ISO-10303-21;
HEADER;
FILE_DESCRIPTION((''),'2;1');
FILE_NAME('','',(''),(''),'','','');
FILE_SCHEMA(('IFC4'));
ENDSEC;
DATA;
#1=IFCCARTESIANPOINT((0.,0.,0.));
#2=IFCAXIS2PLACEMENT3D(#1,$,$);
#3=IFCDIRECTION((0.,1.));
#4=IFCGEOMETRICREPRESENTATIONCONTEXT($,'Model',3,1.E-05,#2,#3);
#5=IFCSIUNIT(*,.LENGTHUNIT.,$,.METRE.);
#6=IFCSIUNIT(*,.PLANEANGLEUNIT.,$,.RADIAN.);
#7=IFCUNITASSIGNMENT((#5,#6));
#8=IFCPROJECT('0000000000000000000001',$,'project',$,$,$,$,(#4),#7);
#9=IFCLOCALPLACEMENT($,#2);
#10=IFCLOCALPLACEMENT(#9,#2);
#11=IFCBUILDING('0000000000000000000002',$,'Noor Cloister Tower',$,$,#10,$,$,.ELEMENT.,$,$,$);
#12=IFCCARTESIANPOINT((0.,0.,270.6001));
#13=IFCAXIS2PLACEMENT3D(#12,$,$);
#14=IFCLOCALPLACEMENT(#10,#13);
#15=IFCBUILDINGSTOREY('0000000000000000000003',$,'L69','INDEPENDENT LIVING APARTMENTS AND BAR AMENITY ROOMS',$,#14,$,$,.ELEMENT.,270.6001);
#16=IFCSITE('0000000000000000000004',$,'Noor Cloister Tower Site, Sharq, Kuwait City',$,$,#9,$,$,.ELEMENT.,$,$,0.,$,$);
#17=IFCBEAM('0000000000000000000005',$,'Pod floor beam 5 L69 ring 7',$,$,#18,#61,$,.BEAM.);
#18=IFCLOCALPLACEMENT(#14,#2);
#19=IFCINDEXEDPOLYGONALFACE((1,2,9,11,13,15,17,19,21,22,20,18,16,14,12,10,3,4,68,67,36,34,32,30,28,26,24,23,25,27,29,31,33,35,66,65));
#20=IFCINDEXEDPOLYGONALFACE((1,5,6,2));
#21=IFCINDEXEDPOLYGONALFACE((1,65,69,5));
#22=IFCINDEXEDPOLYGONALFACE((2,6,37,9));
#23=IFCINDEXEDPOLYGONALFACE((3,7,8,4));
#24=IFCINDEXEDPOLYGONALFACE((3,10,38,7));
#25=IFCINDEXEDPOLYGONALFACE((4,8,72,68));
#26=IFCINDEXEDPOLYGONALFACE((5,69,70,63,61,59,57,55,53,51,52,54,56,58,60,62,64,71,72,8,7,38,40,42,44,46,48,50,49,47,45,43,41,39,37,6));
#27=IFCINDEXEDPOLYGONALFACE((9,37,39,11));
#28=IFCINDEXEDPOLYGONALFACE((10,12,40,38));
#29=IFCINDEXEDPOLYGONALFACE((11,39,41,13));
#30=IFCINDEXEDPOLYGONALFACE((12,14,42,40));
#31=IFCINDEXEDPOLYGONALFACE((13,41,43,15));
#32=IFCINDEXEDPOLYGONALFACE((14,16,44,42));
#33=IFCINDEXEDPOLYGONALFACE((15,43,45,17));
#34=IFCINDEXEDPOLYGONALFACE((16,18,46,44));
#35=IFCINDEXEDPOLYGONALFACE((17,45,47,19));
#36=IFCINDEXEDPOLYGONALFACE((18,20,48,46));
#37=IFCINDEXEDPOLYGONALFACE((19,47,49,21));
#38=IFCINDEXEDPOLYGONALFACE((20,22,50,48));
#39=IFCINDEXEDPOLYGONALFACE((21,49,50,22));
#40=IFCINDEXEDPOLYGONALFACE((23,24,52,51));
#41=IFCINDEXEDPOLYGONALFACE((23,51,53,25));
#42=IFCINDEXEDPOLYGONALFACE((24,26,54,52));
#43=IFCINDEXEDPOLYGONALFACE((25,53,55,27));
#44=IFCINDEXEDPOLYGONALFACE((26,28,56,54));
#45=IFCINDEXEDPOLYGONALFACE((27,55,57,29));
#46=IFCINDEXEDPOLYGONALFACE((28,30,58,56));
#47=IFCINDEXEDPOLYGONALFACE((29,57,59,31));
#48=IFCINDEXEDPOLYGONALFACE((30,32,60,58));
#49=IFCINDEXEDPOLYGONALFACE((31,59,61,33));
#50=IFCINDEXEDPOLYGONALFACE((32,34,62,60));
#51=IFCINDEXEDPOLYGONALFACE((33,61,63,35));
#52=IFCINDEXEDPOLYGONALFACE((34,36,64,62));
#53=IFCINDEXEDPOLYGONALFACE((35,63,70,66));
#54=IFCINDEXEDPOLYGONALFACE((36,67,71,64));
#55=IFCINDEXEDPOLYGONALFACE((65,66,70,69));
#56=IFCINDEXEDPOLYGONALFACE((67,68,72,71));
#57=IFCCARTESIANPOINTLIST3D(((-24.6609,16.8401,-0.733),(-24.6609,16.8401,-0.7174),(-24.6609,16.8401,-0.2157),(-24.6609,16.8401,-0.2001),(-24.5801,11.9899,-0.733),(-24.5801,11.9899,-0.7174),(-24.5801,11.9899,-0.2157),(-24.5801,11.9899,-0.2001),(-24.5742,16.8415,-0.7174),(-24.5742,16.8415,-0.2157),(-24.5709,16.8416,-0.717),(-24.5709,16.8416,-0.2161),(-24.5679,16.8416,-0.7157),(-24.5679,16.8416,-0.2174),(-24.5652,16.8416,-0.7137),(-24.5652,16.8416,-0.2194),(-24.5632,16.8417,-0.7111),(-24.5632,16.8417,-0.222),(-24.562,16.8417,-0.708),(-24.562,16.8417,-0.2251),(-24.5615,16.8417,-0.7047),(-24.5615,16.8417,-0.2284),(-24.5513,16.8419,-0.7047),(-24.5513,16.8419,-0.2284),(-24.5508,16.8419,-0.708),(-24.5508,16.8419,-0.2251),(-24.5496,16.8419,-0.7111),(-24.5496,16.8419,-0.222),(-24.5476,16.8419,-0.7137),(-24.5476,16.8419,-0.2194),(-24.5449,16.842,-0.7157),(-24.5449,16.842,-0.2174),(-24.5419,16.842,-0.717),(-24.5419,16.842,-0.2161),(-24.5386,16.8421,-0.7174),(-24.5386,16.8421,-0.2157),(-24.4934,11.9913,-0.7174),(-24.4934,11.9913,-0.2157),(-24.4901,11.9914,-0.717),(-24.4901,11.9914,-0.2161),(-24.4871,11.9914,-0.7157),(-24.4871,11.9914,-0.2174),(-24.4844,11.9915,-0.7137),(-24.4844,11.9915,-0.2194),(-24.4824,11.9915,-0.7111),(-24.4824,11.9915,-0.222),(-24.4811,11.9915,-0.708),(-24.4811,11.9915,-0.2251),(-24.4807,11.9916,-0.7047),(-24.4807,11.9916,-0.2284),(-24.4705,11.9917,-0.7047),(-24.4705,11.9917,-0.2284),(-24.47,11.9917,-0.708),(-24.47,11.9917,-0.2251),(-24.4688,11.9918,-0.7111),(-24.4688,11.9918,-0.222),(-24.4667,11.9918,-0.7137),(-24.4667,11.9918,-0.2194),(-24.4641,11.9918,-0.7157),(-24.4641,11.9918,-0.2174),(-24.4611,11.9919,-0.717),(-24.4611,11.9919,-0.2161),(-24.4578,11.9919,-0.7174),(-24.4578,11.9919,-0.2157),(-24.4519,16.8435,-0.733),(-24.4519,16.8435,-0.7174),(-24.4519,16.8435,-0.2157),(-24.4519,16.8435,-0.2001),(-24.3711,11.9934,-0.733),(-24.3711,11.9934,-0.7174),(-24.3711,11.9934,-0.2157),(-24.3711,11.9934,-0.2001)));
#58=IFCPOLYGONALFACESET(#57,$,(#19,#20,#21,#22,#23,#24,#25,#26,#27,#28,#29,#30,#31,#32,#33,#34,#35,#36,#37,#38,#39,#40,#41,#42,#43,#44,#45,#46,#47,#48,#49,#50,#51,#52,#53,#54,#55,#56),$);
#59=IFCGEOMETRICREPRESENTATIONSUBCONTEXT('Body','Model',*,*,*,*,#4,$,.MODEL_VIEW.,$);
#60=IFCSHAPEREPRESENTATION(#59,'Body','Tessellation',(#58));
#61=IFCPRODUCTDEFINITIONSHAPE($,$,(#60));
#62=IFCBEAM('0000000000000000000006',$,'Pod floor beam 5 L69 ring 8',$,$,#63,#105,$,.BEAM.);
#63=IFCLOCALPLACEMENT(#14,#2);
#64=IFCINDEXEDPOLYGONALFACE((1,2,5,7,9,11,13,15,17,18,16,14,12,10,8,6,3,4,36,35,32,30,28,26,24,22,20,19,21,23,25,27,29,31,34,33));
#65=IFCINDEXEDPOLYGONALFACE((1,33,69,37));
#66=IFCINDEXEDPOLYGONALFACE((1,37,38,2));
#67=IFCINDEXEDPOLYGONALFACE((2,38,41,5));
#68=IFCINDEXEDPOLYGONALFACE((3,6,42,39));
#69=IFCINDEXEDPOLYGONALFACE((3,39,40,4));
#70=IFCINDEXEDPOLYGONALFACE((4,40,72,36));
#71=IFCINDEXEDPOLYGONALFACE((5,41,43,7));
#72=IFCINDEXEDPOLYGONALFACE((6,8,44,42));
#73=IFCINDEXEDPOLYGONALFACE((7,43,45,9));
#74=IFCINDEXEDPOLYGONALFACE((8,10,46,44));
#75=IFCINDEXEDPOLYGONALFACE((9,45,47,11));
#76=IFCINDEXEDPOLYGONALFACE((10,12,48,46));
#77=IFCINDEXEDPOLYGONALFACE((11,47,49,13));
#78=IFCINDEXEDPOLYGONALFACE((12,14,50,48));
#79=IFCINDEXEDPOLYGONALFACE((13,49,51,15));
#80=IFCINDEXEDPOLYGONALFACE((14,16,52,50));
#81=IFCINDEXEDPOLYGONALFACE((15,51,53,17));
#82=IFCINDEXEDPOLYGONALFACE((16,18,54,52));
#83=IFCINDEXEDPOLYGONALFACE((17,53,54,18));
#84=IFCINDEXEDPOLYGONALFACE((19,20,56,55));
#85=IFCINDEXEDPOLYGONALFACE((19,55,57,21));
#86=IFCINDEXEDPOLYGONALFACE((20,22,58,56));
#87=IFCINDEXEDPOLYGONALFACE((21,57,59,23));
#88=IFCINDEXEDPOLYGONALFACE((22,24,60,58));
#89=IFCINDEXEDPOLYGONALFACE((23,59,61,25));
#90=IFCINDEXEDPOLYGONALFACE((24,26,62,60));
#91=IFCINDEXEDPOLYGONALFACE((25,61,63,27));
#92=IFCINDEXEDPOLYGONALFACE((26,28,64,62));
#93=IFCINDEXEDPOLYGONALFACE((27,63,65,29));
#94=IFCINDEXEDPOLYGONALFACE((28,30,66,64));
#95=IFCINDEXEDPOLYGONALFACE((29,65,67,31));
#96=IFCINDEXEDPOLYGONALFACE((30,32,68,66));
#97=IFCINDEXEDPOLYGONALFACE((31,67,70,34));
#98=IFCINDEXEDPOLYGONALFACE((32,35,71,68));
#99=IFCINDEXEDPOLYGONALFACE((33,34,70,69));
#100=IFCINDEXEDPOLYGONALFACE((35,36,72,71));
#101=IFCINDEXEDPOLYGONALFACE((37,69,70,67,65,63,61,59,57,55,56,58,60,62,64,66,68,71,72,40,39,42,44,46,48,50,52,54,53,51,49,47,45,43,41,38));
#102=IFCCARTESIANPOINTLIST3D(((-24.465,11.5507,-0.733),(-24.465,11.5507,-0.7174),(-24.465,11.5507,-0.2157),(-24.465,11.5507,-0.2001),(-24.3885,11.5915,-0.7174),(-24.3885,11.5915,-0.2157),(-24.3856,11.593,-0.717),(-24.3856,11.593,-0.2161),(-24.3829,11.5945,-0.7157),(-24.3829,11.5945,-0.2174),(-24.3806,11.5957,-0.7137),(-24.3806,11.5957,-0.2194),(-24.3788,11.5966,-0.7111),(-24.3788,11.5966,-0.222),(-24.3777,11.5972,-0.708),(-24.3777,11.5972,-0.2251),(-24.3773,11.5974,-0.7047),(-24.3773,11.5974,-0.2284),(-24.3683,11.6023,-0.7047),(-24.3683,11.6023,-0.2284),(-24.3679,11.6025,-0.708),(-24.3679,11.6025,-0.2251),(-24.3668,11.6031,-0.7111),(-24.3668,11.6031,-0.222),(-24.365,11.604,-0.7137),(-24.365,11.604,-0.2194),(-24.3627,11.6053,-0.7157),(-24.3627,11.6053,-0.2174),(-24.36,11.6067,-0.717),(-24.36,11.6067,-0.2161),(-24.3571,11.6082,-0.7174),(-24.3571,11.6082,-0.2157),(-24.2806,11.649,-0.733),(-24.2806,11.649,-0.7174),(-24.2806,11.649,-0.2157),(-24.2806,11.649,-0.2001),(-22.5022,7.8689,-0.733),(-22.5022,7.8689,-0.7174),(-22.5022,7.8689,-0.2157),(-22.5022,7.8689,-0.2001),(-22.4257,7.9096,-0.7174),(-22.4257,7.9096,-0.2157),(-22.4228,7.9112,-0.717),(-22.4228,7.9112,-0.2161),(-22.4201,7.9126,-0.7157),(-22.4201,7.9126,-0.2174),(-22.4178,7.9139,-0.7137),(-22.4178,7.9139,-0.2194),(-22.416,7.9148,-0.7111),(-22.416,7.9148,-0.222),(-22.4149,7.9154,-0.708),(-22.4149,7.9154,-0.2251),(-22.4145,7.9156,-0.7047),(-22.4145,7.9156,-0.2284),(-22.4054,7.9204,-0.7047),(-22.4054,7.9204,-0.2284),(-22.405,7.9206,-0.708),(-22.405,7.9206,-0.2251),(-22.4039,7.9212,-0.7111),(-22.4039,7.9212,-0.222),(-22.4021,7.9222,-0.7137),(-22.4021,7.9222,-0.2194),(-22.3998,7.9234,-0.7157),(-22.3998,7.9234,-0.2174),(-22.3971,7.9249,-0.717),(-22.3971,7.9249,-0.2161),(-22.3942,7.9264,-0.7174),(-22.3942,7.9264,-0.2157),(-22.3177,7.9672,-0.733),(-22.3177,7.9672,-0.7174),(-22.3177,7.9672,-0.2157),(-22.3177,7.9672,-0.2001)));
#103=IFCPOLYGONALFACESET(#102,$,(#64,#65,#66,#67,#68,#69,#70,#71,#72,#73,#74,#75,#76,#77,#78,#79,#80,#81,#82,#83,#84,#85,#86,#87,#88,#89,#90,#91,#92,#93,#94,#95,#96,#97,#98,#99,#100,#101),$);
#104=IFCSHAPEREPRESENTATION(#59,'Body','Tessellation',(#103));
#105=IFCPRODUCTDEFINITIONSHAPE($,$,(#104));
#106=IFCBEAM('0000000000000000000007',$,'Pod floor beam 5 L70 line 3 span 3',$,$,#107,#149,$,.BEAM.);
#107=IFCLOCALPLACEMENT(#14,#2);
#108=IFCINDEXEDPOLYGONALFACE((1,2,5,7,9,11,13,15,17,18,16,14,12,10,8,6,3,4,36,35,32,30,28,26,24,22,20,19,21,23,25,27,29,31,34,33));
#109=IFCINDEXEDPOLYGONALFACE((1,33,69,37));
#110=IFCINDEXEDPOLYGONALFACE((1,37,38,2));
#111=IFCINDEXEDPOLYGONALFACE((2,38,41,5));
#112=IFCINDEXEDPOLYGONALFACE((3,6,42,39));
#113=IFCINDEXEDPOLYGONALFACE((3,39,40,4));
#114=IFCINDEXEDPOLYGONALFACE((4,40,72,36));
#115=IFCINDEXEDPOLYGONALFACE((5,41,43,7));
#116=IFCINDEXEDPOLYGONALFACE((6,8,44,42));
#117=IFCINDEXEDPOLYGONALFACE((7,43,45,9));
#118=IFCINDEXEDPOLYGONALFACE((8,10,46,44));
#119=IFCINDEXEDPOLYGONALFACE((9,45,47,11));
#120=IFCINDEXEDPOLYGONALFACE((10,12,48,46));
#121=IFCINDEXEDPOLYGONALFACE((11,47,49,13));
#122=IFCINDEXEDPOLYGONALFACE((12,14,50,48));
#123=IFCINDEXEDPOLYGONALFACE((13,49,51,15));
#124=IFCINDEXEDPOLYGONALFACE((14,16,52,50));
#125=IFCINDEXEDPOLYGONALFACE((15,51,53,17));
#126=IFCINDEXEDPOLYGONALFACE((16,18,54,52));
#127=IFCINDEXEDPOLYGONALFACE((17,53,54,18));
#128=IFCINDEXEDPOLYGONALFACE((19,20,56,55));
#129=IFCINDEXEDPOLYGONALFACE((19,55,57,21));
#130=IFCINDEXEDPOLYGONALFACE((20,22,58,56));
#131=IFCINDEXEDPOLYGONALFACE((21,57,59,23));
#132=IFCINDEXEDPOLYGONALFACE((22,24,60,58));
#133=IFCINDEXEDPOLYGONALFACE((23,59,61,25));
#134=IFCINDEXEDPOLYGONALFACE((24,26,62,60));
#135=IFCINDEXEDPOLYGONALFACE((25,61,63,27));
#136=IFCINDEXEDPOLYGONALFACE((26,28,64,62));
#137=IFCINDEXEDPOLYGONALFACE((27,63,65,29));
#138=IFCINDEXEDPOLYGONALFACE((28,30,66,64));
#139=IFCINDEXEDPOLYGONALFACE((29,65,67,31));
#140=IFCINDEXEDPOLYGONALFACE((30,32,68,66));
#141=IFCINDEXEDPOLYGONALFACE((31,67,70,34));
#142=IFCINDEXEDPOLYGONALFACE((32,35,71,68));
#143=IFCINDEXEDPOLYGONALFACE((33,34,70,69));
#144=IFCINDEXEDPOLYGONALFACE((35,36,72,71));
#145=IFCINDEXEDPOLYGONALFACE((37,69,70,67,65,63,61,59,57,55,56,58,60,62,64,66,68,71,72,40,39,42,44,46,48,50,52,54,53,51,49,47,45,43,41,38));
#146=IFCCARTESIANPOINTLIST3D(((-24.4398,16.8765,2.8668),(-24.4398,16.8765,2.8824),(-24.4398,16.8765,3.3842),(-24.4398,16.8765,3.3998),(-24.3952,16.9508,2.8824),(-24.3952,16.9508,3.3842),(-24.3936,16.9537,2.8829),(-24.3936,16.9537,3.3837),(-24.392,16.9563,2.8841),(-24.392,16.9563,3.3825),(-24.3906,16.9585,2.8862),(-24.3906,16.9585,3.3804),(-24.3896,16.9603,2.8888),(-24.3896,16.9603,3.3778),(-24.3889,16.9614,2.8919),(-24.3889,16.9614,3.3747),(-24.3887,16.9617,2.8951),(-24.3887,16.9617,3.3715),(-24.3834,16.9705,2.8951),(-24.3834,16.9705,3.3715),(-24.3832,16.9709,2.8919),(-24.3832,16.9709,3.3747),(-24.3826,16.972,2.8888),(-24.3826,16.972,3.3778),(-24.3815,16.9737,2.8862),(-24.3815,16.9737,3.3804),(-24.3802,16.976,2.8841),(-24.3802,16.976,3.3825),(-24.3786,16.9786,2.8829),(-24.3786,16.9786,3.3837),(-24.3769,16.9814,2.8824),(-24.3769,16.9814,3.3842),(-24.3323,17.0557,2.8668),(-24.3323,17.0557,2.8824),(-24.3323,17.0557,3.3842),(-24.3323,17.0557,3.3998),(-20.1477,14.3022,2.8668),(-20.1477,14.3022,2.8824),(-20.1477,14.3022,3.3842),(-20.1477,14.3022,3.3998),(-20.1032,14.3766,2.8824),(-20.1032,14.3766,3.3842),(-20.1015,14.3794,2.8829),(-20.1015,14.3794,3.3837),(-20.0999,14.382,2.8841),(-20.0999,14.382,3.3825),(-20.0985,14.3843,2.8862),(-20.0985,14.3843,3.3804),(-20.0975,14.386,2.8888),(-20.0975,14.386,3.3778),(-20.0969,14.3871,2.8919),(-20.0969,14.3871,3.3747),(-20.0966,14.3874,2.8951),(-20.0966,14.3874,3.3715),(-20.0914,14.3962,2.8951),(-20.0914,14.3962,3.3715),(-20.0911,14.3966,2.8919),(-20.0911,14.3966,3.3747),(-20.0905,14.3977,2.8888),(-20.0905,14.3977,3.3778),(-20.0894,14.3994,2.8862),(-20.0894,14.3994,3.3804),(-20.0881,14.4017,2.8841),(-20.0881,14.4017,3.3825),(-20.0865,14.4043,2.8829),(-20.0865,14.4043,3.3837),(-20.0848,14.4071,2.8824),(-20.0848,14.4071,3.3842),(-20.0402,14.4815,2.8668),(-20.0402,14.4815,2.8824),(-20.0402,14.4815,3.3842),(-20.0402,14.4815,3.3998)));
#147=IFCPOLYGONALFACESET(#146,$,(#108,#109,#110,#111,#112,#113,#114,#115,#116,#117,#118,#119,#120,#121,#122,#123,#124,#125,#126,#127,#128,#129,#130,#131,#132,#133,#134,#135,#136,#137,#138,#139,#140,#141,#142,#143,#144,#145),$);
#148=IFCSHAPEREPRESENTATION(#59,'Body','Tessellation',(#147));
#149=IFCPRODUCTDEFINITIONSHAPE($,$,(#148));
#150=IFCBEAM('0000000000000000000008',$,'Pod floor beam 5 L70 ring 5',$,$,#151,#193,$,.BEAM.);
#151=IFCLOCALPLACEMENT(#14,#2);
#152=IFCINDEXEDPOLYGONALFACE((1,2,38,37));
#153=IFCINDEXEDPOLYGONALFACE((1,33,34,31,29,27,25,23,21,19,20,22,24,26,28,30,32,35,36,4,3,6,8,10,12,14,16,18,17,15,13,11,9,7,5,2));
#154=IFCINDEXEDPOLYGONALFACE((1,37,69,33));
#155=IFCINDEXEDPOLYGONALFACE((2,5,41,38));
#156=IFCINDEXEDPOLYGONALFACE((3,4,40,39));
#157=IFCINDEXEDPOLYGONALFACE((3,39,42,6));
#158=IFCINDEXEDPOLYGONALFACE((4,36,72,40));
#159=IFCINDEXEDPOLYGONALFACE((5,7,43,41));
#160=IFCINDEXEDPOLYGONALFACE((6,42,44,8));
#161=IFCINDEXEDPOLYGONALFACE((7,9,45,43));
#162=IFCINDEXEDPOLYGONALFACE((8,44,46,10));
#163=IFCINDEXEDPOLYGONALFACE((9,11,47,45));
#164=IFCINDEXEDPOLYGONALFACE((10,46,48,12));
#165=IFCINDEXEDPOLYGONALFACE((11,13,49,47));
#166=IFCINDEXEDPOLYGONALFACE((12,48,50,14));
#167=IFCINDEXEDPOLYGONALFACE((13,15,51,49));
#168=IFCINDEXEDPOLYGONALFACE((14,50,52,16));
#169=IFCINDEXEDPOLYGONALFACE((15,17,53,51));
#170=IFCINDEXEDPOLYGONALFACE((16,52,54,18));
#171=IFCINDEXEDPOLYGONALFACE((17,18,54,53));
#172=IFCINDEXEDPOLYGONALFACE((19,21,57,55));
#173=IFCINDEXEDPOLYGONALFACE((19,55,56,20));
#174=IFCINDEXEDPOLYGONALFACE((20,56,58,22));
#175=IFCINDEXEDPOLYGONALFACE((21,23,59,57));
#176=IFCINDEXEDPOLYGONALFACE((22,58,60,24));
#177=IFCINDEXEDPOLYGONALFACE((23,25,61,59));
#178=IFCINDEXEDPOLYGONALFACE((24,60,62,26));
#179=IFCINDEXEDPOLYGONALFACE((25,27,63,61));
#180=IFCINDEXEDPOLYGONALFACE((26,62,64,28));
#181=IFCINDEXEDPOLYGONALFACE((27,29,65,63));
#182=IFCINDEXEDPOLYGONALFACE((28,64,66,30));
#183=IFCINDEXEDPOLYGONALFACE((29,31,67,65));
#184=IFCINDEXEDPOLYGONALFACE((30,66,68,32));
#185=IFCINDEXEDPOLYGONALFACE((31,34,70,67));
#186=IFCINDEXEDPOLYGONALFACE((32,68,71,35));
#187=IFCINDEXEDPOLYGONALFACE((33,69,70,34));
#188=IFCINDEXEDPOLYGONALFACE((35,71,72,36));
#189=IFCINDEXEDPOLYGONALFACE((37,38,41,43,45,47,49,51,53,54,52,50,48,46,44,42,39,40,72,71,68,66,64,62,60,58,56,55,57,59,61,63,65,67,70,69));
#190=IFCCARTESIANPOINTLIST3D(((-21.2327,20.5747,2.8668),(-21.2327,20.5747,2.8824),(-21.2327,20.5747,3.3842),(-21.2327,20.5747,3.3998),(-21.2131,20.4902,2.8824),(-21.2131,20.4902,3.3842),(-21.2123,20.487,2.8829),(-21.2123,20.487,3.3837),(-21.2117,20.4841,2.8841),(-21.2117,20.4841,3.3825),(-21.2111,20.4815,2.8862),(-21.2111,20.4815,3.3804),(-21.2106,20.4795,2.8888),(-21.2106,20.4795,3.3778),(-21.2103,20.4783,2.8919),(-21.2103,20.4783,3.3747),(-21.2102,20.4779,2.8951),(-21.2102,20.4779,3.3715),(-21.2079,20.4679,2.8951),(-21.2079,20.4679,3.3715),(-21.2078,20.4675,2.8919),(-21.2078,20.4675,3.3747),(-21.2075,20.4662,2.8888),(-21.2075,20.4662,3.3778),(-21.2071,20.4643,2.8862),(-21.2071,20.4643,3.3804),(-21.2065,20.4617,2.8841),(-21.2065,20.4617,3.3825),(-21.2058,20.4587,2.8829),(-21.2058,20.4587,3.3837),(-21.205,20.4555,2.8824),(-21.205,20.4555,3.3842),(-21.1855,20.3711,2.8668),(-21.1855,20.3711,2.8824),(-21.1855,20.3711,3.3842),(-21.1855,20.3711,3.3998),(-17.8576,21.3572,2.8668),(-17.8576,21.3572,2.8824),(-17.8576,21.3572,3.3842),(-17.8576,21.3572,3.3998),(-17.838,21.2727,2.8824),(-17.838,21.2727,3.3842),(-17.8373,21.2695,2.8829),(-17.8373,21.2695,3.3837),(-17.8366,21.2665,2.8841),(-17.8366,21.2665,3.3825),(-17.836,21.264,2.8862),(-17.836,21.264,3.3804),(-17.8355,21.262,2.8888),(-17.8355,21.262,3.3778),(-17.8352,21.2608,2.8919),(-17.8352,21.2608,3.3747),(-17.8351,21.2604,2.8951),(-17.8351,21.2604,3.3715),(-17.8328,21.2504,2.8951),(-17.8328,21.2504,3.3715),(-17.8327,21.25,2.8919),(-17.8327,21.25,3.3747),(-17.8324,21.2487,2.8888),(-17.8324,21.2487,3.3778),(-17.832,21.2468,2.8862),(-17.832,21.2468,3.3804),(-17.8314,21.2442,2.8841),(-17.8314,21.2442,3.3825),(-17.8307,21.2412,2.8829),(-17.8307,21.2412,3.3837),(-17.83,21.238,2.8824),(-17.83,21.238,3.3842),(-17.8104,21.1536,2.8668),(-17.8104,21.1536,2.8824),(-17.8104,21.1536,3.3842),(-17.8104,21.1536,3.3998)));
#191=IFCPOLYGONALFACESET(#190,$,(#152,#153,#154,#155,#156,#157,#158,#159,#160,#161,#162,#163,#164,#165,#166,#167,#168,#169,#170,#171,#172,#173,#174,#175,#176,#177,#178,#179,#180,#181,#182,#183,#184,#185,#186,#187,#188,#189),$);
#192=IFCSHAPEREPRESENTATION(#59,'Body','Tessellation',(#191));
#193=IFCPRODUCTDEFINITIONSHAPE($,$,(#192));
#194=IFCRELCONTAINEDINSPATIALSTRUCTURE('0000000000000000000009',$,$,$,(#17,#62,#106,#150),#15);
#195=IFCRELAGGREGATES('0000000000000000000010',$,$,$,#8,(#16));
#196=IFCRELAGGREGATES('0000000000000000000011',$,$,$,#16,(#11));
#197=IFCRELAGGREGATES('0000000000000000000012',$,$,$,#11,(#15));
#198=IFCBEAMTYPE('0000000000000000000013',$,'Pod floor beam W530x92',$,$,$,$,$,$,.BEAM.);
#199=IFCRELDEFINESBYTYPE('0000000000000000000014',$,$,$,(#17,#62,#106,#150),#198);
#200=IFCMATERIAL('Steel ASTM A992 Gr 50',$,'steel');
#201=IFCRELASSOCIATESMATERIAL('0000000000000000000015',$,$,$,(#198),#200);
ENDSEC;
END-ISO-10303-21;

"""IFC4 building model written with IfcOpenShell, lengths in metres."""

from ifc_helpers import new_model, si_unit, direction, frame, origin, origin_2d, place, context, subcontext, project, spatial, i_section, extrude, material, material_profile, profile_set, type_object, element, save


model = new_model("IFC4")

# Units and contexts
model_context = context("Model", 3, precision=1e-05, world=origin(), true_north=direction((0.0, 1.0)))
body_context = subcontext(model_context, "Body", "Model", "MODEL_VIEW")
ifc_project = project(units=[si_unit("LENGTHUNIT", "METRE"), si_unit("PLANEANGLEUNIT", "RADIAN")], contexts=[model_context])

# Site, building, storey
site_placement = place(None, origin())
site = spatial("IfcSite", under=ifc_project, at=site_placement, Name="Noor Cloister Tower Site, Sharq, Kuwait City", CompositionType="ELEMENT", RefElevation=0.0)
building_placement = place(site_placement, origin())
building = spatial("IfcBuilding", under=site, at=building_placement, Name="Noor Cloister Tower", CompositionType="ELEMENT")
storey_placement = place(building_placement, frame((0.0, 0.0, 270.6001)))
storey = spatial("IfcBuildingStorey", under=building, at=storey_placement, Name="L69", Description="INDEPENDENT LIVING APARTMENTS AND BAR AMENITY ROOMS", CompositionType="ELEMENT", Elevation=270.6001)

# Beams
ifc_material_1 = material(Name="Steel ASTM A992 Gr 50", Category="steel")
ifc_material_profile_1 = material_profile(ifc_material_1, i_section(OverallWidth=0.209, OverallDepth=0.533, WebThickness=0.0103, FlangeThickness=0.0156, FilletRadius=0.0127, at=origin_2d()), Name="W530x92")
ifc_profile_set_1 = profile_set([ifc_material_profile_1], Name="Steel ASTM A992 Gr 50")
beam_type = type_object("IfcBeamType", Name="Pod floor beam W530x92", PredefinedType="BEAM", material=ifc_profile_set_1)
beam_1_placement = place(storey_placement, frame((-24.5564, 16.8418, -0.4666), z_axis=(0.016659, -0.999861, 0.0), x_axis=(0.999861, 0.016659, 0.0)))
element("IfcBeam", 1, at=beam_1_placement, inside=storey, type_object=beam_type, Name="Pod floor beam 5 L69 ring 7", PredefinedType="BEAM", context=body_context, shape_type="SweptSolid", body=[
    extrude(i_section(OverallWidth=0.209, OverallDepth=0.533, WebThickness=0.0103, FlangeThickness=0.0156, FilletRadius=0.0127, at=origin_2d()), origin(), (0.0, 0.0, 1.0), 4.8508),
])
beam_2_placement = place(storey_placement, frame((-24.3728, 11.5999, -0.4666), z_axis=(0.470442, -0.882431, 0.0), x_axis=(0.882431, 0.470442, 0.0)))
element("IfcBeam", 2, at=beam_2_placement, inside=storey, type_object=beam_type, Name="Pod floor beam 5 L69 ring 8", PredefinedType="BEAM", context=body_context, shape_type="SweptSolid", body=[
    extrude(i_section(OverallWidth=0.209, OverallDepth=0.533, WebThickness=0.0103, FlangeThickness=0.0156, FilletRadius=0.0127, at=origin_2d()), origin(), (0.0, 0.0, 1.0), 4.1724),
])
beam_3_placement = place(storey_placement, frame((-20.094, 14.3918, 3.1333), z_axis=(-0.857579, 0.514352, 0.0), x_axis=(-0.514352, -0.857579, 0.0)))
element("IfcBeam", 3, at=beam_3_placement, inside=storey, type_object=beam_type, Name="Pod floor beam 5 L70 line 3 span 3", PredefinedType="BEAM", context=body_context, shape_type="SweptSolid", body=[
    extrude(i_section(OverallWidth=0.209, OverallDepth=0.533, WebThickness=0.0103, FlangeThickness=0.0156, FilletRadius=0.0127, at=origin_2d()), origin(), (0.0, 0.0, 1.0), 5.0049),
])
beam_4_placement = place(storey_placement, frame((-17.834, 21.2554, 3.1333), z_axis=(-0.974161, -0.225853, 0.0), x_axis=(0.225853, -0.974161, 0.0)))
element("IfcBeam", 4, at=beam_4_placement, inside=storey, type_object=beam_type, Name="Pod floor beam 5 L70 ring 5", PredefinedType="BEAM", context=body_context, shape_type="SweptSolid", body=[
    extrude(i_section(OverallWidth=0.209, OverallDepth=0.533, WebThickness=0.0103, FlangeThickness=0.0156, FilletRadius=0.0127, at=origin_2d()), origin(), (0.0, 0.0, 1.0), 3.4646),
])

save(model, "model.ifc")
